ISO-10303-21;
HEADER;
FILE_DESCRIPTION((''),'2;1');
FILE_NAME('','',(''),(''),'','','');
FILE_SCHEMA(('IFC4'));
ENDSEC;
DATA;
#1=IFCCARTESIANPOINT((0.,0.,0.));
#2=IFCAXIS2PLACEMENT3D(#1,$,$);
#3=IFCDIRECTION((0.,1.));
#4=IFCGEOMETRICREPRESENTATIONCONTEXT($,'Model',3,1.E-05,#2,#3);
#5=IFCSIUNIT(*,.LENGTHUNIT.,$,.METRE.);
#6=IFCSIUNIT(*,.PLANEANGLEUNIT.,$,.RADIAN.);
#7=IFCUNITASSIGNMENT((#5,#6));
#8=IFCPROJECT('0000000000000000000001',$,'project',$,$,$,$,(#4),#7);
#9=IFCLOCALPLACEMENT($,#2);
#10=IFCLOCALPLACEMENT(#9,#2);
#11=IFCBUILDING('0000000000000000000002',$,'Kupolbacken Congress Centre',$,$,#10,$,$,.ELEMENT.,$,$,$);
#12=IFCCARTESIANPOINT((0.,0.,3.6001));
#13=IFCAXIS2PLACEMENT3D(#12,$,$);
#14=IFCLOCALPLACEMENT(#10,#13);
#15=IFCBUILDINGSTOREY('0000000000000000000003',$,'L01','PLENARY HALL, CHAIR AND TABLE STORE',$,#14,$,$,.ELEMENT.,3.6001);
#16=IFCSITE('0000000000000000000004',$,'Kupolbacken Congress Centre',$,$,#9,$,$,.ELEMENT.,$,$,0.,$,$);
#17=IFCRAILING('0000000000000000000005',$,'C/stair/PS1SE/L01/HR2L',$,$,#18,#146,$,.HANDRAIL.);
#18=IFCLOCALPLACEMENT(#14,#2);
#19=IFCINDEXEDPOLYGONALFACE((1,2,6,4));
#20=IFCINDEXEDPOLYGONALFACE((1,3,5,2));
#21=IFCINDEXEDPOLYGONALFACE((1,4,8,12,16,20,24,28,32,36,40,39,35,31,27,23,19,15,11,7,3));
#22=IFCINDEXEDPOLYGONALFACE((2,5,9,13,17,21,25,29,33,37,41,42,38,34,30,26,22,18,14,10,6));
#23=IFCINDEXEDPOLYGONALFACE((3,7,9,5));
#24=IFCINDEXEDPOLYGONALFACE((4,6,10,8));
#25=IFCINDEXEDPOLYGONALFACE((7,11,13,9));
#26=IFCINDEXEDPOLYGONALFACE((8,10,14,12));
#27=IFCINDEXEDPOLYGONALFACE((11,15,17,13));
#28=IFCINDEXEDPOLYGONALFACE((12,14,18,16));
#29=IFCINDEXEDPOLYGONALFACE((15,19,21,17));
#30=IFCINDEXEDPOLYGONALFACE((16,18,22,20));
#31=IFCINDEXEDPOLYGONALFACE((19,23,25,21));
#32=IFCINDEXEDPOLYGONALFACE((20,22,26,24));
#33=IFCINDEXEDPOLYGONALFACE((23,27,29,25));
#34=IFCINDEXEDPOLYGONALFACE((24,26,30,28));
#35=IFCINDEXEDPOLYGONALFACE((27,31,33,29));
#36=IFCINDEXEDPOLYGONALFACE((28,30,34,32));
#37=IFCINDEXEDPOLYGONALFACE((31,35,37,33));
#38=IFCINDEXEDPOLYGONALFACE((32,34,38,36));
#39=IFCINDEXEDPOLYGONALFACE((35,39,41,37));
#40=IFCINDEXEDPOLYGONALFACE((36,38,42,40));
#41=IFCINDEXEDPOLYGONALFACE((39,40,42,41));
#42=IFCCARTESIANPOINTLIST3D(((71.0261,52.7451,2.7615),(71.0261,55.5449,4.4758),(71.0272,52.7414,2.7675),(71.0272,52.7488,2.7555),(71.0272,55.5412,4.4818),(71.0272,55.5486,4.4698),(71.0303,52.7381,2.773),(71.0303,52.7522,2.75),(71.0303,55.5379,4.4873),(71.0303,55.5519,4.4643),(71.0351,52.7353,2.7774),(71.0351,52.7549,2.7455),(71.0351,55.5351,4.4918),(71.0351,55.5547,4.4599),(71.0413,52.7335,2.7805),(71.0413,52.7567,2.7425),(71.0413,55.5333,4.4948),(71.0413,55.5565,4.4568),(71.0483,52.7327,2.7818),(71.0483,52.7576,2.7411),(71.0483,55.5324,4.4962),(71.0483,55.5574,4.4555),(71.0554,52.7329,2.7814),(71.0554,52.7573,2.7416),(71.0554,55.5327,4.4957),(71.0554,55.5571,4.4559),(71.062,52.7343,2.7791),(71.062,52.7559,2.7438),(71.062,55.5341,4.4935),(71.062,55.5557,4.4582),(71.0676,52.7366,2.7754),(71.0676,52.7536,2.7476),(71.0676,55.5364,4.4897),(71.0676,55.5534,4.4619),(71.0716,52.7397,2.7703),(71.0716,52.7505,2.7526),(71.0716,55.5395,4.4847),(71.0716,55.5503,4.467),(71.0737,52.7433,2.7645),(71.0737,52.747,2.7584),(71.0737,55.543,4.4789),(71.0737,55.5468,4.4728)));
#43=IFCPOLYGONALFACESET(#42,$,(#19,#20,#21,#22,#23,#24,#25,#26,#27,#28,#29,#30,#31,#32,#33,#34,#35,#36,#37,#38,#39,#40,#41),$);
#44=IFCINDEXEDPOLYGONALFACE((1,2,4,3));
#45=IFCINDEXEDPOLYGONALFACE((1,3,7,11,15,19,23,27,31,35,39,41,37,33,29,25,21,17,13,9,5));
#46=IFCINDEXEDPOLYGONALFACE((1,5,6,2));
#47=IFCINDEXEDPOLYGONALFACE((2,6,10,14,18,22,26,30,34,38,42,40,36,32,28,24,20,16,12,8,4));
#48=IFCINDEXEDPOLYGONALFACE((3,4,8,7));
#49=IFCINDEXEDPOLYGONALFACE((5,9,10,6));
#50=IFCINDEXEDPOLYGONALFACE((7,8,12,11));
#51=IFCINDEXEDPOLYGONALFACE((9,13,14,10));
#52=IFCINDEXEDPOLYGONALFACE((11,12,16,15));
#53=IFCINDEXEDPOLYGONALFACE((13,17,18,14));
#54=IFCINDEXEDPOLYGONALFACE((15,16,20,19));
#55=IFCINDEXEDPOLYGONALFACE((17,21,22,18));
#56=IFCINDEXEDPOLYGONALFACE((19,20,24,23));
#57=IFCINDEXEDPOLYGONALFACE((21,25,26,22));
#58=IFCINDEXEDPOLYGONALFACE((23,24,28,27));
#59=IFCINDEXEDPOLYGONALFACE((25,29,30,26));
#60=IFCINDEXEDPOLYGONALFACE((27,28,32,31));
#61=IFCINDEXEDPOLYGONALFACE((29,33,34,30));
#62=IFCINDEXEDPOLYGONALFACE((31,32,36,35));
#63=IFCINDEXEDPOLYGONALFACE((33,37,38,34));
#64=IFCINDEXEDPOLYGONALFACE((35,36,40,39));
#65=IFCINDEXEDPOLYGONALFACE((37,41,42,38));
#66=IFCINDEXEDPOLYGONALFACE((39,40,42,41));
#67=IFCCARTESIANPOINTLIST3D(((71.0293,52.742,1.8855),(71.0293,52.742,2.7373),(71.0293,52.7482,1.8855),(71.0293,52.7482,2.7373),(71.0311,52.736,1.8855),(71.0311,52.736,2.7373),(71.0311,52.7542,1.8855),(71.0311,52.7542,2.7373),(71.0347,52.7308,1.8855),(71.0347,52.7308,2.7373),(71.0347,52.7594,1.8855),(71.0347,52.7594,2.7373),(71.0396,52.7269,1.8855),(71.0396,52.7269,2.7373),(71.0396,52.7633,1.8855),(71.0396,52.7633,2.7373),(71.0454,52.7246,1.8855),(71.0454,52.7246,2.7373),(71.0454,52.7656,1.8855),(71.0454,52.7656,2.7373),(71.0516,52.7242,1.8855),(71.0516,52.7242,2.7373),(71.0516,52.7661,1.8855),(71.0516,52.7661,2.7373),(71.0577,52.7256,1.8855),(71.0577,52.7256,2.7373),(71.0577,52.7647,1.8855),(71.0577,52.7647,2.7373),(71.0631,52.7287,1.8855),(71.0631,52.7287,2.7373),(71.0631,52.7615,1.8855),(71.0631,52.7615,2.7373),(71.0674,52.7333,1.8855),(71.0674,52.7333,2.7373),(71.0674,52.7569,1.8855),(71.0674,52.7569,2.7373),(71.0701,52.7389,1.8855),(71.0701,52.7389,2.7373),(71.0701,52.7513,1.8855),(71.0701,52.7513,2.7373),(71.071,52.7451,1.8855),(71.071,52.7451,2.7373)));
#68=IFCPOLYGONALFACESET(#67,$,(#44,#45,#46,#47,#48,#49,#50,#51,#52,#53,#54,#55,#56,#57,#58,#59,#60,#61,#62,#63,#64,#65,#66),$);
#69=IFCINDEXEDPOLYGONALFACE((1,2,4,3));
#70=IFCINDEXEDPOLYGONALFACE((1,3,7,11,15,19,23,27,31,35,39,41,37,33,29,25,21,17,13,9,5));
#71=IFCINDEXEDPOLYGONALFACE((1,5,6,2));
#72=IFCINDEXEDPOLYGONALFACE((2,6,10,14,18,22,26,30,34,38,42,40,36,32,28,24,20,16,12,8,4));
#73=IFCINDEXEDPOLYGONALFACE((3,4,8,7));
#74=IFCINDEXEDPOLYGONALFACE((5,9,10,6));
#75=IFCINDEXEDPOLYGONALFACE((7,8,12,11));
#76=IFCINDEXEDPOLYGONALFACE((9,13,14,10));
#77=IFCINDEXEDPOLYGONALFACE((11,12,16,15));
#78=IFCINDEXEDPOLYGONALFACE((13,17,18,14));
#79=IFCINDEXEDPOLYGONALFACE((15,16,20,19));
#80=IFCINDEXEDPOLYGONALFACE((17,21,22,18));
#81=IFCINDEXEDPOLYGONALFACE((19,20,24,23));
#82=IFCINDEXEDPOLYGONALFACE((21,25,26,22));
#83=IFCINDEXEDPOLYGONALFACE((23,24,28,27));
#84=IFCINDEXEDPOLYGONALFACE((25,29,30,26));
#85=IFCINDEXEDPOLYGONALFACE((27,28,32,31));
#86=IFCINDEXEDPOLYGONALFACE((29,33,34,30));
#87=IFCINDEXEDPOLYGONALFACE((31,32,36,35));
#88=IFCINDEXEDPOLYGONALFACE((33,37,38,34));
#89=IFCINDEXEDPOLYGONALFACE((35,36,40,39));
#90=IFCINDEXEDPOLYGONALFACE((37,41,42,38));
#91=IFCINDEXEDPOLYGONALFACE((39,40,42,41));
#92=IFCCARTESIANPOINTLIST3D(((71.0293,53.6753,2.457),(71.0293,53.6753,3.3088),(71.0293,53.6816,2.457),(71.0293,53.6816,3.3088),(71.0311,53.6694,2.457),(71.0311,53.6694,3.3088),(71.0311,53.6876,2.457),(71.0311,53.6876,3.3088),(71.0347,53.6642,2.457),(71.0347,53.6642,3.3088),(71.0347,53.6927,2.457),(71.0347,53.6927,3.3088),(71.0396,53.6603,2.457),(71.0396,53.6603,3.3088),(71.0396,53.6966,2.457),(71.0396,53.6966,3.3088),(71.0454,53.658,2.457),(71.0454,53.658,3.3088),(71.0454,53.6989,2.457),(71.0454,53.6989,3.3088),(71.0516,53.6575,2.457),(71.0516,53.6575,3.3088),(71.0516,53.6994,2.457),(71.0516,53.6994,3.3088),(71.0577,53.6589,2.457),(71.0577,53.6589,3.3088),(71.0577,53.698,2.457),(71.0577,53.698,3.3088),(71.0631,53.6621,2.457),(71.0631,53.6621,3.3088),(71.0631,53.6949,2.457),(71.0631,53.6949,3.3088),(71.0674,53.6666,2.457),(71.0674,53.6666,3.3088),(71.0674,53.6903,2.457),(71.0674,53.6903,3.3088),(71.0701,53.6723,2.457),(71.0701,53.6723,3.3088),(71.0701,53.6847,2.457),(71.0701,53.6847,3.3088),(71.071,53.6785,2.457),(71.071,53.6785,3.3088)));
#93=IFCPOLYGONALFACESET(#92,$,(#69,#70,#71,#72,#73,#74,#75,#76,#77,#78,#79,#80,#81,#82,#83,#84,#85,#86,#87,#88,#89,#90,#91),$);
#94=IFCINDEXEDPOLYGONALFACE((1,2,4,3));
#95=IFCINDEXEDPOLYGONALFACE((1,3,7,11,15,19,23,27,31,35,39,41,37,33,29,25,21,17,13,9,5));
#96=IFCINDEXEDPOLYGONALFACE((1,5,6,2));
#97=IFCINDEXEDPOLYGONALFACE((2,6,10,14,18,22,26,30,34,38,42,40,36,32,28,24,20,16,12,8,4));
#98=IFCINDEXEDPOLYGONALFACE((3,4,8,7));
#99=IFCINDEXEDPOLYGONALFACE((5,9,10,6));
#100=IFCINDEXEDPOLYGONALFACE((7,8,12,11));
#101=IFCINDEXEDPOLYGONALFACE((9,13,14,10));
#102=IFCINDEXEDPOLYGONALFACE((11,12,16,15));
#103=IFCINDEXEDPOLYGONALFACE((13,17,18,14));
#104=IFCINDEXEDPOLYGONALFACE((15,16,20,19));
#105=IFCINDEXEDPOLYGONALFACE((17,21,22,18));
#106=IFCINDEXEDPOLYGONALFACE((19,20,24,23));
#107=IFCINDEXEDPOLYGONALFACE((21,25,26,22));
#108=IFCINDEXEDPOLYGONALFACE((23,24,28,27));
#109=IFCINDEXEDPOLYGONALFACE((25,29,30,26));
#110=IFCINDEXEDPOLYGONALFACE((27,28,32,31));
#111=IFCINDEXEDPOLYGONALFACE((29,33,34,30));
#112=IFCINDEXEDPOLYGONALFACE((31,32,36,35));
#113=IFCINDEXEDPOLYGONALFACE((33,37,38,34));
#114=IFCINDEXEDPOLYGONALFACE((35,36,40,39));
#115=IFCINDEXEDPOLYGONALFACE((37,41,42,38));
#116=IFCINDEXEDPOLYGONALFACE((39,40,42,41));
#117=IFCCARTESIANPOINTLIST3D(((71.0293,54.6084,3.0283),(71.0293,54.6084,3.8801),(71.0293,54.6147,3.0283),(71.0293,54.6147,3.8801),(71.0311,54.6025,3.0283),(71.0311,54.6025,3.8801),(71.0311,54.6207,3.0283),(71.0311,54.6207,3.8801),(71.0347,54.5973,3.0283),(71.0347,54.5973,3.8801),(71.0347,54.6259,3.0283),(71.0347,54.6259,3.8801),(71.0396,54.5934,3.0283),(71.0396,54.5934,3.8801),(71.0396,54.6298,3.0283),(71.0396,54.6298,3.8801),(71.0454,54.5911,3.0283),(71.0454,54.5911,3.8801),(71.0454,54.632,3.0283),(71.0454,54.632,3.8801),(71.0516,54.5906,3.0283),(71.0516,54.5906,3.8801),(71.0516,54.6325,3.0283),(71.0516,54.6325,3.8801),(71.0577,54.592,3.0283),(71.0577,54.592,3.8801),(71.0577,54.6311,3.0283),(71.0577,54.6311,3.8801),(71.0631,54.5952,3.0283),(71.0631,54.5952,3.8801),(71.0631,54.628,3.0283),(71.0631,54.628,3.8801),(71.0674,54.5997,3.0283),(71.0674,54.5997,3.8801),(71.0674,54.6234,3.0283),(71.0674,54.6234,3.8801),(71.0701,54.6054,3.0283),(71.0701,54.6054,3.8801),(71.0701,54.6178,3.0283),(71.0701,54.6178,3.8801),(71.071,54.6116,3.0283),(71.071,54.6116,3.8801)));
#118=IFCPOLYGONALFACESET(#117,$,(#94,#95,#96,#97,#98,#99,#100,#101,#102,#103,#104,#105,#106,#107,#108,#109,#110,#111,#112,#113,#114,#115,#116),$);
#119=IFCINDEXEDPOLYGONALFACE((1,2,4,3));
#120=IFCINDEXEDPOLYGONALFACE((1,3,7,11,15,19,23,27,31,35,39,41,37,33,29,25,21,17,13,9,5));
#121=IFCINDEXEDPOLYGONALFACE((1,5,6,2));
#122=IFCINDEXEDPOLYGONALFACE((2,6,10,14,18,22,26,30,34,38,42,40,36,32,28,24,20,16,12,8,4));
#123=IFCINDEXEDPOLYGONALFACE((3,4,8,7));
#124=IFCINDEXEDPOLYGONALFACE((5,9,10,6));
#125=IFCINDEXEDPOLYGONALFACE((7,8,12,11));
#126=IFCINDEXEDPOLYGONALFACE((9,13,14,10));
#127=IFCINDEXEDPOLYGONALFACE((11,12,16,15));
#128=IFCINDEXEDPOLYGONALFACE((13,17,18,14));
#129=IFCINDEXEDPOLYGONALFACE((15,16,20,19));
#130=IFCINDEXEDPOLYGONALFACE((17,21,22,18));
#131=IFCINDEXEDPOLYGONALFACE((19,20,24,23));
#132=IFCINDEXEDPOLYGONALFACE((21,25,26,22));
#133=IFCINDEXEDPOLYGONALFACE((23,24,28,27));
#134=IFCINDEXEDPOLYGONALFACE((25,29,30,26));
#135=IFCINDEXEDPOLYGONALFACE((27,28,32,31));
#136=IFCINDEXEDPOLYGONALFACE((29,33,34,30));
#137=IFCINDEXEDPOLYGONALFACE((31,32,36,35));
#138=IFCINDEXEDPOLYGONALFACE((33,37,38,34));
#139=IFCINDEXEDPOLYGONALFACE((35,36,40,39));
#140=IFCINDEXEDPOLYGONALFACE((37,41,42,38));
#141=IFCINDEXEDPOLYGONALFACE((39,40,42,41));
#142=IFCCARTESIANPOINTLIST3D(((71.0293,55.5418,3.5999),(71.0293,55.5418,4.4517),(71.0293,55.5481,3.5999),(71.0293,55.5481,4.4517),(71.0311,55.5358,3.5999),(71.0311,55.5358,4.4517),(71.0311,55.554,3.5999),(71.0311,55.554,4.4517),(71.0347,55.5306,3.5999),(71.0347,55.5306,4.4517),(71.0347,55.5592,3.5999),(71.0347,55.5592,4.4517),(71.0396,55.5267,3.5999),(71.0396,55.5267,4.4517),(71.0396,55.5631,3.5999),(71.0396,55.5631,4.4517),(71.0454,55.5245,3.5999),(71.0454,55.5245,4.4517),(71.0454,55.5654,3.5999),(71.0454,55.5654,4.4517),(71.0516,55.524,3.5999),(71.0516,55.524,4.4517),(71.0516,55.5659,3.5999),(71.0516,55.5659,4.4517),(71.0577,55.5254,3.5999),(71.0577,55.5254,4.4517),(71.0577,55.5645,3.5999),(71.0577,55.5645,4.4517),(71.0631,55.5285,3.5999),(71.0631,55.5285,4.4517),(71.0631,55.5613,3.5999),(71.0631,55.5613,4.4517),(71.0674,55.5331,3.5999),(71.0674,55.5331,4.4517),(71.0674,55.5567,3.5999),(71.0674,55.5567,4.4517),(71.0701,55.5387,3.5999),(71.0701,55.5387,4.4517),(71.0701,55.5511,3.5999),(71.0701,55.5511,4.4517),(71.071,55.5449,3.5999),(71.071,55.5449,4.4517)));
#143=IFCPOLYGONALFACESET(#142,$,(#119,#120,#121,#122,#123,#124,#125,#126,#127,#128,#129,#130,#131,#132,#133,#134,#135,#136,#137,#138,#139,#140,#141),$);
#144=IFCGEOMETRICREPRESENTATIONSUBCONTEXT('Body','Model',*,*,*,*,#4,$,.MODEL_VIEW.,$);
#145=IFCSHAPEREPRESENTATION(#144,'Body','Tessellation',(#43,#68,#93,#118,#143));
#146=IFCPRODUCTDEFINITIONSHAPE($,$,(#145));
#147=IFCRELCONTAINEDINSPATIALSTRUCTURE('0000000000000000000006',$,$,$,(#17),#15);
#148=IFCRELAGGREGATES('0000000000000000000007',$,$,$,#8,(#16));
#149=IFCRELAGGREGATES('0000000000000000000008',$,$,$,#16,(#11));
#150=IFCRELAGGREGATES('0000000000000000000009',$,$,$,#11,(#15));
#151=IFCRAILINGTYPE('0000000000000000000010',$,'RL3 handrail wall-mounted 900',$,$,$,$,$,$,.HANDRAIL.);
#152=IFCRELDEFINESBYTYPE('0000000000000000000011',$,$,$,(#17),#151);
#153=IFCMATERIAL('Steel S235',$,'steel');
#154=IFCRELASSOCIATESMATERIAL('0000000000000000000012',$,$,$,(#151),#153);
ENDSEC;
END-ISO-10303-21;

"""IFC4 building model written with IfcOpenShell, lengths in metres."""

from ifc_helpers import new_model, si_unit, direction, frame, origin, origin_2d, place, context, subcontext, project, spatial, circle, extrude, material, type_object, element, save


model = new_model("IFC4")

# Units and contexts
model_context = context("Model", 3, precision=1e-05, world=origin(), true_north=direction((0.0, 1.0)))
body_context = subcontext(model_context, "Body", "Model", "MODEL_VIEW")
ifc_project = project(units=[si_unit("LENGTHUNIT", "METRE"), si_unit("PLANEANGLEUNIT", "RADIAN")], contexts=[model_context])

# Site, building, storey
site_placement = place(None, origin())
site = spatial("IfcSite", under=ifc_project, at=site_placement, Name="Kupolbacken Congress Centre", CompositionType="ELEMENT", RefElevation=0.0)
building_placement = place(site_placement, origin())
building = spatial("IfcBuilding", under=site, at=building_placement, Name="Kupolbacken Congress Centre", CompositionType="ELEMENT")
storey_placement = place(building_placement, frame((0.0, 0.0, 3.6001)))
storey = spatial("IfcBuildingStorey", under=building, at=storey_placement, Name="L01", Description="PLENARY HALL, CHAIR AND TABLE STORE", CompositionType="ELEMENT", Elevation=3.6001)

# Railing
ifc_material_1 = material(Name="Steel S235", Category="steel")
railing_type = type_object("IfcRailingType", Name="RL3 handrail wall-mounted 900", PredefinedType="HANDRAIL", material=ifc_material_1)
for number, where, name in (
    (1, (71.05, 52.7451, 1.8855), "C/stair/PS1SE/L01/HR2L"),
):
    element("IfcRailing", number, at=place(storey_placement, frame(where)), inside=storey, type_object=railing_type, Name=name, PredefinedType="HANDRAIL", context=body_context, shape_type="SweptSolid", body=[
        extrude(circle(Radius=0.0239, at=origin_2d()), frame((0.0, 0.0, 0.876), z_axis=(0.0, 0.852826, 0.522196), x_axis=(-1.0, 0.0, 0.0)), (0.0, 0.0, 1.0), 3.283),
        extrude(circle(Radius=0.021, at=origin_2d()), origin(), (0.0, 0.0, 1.0), 0.8518),
        extrude(circle(Radius=0.021, at=origin_2d()), frame((0.0, 0.9333, 0.5715)), (0.0, 0.0, 1.0), 0.8518),
        extrude(circle(Radius=0.021, at=origin_2d()), frame((0.0, 1.8665, 1.1428)), (0.0, 0.0, 1.0), 0.8518),
        extrude(circle(Radius=0.021, at=origin_2d()), frame((0.0, 2.7998, 1.7144)), (0.0, 0.0, 1.0), 0.8518),
    ])

save(model, "model.ifc")
